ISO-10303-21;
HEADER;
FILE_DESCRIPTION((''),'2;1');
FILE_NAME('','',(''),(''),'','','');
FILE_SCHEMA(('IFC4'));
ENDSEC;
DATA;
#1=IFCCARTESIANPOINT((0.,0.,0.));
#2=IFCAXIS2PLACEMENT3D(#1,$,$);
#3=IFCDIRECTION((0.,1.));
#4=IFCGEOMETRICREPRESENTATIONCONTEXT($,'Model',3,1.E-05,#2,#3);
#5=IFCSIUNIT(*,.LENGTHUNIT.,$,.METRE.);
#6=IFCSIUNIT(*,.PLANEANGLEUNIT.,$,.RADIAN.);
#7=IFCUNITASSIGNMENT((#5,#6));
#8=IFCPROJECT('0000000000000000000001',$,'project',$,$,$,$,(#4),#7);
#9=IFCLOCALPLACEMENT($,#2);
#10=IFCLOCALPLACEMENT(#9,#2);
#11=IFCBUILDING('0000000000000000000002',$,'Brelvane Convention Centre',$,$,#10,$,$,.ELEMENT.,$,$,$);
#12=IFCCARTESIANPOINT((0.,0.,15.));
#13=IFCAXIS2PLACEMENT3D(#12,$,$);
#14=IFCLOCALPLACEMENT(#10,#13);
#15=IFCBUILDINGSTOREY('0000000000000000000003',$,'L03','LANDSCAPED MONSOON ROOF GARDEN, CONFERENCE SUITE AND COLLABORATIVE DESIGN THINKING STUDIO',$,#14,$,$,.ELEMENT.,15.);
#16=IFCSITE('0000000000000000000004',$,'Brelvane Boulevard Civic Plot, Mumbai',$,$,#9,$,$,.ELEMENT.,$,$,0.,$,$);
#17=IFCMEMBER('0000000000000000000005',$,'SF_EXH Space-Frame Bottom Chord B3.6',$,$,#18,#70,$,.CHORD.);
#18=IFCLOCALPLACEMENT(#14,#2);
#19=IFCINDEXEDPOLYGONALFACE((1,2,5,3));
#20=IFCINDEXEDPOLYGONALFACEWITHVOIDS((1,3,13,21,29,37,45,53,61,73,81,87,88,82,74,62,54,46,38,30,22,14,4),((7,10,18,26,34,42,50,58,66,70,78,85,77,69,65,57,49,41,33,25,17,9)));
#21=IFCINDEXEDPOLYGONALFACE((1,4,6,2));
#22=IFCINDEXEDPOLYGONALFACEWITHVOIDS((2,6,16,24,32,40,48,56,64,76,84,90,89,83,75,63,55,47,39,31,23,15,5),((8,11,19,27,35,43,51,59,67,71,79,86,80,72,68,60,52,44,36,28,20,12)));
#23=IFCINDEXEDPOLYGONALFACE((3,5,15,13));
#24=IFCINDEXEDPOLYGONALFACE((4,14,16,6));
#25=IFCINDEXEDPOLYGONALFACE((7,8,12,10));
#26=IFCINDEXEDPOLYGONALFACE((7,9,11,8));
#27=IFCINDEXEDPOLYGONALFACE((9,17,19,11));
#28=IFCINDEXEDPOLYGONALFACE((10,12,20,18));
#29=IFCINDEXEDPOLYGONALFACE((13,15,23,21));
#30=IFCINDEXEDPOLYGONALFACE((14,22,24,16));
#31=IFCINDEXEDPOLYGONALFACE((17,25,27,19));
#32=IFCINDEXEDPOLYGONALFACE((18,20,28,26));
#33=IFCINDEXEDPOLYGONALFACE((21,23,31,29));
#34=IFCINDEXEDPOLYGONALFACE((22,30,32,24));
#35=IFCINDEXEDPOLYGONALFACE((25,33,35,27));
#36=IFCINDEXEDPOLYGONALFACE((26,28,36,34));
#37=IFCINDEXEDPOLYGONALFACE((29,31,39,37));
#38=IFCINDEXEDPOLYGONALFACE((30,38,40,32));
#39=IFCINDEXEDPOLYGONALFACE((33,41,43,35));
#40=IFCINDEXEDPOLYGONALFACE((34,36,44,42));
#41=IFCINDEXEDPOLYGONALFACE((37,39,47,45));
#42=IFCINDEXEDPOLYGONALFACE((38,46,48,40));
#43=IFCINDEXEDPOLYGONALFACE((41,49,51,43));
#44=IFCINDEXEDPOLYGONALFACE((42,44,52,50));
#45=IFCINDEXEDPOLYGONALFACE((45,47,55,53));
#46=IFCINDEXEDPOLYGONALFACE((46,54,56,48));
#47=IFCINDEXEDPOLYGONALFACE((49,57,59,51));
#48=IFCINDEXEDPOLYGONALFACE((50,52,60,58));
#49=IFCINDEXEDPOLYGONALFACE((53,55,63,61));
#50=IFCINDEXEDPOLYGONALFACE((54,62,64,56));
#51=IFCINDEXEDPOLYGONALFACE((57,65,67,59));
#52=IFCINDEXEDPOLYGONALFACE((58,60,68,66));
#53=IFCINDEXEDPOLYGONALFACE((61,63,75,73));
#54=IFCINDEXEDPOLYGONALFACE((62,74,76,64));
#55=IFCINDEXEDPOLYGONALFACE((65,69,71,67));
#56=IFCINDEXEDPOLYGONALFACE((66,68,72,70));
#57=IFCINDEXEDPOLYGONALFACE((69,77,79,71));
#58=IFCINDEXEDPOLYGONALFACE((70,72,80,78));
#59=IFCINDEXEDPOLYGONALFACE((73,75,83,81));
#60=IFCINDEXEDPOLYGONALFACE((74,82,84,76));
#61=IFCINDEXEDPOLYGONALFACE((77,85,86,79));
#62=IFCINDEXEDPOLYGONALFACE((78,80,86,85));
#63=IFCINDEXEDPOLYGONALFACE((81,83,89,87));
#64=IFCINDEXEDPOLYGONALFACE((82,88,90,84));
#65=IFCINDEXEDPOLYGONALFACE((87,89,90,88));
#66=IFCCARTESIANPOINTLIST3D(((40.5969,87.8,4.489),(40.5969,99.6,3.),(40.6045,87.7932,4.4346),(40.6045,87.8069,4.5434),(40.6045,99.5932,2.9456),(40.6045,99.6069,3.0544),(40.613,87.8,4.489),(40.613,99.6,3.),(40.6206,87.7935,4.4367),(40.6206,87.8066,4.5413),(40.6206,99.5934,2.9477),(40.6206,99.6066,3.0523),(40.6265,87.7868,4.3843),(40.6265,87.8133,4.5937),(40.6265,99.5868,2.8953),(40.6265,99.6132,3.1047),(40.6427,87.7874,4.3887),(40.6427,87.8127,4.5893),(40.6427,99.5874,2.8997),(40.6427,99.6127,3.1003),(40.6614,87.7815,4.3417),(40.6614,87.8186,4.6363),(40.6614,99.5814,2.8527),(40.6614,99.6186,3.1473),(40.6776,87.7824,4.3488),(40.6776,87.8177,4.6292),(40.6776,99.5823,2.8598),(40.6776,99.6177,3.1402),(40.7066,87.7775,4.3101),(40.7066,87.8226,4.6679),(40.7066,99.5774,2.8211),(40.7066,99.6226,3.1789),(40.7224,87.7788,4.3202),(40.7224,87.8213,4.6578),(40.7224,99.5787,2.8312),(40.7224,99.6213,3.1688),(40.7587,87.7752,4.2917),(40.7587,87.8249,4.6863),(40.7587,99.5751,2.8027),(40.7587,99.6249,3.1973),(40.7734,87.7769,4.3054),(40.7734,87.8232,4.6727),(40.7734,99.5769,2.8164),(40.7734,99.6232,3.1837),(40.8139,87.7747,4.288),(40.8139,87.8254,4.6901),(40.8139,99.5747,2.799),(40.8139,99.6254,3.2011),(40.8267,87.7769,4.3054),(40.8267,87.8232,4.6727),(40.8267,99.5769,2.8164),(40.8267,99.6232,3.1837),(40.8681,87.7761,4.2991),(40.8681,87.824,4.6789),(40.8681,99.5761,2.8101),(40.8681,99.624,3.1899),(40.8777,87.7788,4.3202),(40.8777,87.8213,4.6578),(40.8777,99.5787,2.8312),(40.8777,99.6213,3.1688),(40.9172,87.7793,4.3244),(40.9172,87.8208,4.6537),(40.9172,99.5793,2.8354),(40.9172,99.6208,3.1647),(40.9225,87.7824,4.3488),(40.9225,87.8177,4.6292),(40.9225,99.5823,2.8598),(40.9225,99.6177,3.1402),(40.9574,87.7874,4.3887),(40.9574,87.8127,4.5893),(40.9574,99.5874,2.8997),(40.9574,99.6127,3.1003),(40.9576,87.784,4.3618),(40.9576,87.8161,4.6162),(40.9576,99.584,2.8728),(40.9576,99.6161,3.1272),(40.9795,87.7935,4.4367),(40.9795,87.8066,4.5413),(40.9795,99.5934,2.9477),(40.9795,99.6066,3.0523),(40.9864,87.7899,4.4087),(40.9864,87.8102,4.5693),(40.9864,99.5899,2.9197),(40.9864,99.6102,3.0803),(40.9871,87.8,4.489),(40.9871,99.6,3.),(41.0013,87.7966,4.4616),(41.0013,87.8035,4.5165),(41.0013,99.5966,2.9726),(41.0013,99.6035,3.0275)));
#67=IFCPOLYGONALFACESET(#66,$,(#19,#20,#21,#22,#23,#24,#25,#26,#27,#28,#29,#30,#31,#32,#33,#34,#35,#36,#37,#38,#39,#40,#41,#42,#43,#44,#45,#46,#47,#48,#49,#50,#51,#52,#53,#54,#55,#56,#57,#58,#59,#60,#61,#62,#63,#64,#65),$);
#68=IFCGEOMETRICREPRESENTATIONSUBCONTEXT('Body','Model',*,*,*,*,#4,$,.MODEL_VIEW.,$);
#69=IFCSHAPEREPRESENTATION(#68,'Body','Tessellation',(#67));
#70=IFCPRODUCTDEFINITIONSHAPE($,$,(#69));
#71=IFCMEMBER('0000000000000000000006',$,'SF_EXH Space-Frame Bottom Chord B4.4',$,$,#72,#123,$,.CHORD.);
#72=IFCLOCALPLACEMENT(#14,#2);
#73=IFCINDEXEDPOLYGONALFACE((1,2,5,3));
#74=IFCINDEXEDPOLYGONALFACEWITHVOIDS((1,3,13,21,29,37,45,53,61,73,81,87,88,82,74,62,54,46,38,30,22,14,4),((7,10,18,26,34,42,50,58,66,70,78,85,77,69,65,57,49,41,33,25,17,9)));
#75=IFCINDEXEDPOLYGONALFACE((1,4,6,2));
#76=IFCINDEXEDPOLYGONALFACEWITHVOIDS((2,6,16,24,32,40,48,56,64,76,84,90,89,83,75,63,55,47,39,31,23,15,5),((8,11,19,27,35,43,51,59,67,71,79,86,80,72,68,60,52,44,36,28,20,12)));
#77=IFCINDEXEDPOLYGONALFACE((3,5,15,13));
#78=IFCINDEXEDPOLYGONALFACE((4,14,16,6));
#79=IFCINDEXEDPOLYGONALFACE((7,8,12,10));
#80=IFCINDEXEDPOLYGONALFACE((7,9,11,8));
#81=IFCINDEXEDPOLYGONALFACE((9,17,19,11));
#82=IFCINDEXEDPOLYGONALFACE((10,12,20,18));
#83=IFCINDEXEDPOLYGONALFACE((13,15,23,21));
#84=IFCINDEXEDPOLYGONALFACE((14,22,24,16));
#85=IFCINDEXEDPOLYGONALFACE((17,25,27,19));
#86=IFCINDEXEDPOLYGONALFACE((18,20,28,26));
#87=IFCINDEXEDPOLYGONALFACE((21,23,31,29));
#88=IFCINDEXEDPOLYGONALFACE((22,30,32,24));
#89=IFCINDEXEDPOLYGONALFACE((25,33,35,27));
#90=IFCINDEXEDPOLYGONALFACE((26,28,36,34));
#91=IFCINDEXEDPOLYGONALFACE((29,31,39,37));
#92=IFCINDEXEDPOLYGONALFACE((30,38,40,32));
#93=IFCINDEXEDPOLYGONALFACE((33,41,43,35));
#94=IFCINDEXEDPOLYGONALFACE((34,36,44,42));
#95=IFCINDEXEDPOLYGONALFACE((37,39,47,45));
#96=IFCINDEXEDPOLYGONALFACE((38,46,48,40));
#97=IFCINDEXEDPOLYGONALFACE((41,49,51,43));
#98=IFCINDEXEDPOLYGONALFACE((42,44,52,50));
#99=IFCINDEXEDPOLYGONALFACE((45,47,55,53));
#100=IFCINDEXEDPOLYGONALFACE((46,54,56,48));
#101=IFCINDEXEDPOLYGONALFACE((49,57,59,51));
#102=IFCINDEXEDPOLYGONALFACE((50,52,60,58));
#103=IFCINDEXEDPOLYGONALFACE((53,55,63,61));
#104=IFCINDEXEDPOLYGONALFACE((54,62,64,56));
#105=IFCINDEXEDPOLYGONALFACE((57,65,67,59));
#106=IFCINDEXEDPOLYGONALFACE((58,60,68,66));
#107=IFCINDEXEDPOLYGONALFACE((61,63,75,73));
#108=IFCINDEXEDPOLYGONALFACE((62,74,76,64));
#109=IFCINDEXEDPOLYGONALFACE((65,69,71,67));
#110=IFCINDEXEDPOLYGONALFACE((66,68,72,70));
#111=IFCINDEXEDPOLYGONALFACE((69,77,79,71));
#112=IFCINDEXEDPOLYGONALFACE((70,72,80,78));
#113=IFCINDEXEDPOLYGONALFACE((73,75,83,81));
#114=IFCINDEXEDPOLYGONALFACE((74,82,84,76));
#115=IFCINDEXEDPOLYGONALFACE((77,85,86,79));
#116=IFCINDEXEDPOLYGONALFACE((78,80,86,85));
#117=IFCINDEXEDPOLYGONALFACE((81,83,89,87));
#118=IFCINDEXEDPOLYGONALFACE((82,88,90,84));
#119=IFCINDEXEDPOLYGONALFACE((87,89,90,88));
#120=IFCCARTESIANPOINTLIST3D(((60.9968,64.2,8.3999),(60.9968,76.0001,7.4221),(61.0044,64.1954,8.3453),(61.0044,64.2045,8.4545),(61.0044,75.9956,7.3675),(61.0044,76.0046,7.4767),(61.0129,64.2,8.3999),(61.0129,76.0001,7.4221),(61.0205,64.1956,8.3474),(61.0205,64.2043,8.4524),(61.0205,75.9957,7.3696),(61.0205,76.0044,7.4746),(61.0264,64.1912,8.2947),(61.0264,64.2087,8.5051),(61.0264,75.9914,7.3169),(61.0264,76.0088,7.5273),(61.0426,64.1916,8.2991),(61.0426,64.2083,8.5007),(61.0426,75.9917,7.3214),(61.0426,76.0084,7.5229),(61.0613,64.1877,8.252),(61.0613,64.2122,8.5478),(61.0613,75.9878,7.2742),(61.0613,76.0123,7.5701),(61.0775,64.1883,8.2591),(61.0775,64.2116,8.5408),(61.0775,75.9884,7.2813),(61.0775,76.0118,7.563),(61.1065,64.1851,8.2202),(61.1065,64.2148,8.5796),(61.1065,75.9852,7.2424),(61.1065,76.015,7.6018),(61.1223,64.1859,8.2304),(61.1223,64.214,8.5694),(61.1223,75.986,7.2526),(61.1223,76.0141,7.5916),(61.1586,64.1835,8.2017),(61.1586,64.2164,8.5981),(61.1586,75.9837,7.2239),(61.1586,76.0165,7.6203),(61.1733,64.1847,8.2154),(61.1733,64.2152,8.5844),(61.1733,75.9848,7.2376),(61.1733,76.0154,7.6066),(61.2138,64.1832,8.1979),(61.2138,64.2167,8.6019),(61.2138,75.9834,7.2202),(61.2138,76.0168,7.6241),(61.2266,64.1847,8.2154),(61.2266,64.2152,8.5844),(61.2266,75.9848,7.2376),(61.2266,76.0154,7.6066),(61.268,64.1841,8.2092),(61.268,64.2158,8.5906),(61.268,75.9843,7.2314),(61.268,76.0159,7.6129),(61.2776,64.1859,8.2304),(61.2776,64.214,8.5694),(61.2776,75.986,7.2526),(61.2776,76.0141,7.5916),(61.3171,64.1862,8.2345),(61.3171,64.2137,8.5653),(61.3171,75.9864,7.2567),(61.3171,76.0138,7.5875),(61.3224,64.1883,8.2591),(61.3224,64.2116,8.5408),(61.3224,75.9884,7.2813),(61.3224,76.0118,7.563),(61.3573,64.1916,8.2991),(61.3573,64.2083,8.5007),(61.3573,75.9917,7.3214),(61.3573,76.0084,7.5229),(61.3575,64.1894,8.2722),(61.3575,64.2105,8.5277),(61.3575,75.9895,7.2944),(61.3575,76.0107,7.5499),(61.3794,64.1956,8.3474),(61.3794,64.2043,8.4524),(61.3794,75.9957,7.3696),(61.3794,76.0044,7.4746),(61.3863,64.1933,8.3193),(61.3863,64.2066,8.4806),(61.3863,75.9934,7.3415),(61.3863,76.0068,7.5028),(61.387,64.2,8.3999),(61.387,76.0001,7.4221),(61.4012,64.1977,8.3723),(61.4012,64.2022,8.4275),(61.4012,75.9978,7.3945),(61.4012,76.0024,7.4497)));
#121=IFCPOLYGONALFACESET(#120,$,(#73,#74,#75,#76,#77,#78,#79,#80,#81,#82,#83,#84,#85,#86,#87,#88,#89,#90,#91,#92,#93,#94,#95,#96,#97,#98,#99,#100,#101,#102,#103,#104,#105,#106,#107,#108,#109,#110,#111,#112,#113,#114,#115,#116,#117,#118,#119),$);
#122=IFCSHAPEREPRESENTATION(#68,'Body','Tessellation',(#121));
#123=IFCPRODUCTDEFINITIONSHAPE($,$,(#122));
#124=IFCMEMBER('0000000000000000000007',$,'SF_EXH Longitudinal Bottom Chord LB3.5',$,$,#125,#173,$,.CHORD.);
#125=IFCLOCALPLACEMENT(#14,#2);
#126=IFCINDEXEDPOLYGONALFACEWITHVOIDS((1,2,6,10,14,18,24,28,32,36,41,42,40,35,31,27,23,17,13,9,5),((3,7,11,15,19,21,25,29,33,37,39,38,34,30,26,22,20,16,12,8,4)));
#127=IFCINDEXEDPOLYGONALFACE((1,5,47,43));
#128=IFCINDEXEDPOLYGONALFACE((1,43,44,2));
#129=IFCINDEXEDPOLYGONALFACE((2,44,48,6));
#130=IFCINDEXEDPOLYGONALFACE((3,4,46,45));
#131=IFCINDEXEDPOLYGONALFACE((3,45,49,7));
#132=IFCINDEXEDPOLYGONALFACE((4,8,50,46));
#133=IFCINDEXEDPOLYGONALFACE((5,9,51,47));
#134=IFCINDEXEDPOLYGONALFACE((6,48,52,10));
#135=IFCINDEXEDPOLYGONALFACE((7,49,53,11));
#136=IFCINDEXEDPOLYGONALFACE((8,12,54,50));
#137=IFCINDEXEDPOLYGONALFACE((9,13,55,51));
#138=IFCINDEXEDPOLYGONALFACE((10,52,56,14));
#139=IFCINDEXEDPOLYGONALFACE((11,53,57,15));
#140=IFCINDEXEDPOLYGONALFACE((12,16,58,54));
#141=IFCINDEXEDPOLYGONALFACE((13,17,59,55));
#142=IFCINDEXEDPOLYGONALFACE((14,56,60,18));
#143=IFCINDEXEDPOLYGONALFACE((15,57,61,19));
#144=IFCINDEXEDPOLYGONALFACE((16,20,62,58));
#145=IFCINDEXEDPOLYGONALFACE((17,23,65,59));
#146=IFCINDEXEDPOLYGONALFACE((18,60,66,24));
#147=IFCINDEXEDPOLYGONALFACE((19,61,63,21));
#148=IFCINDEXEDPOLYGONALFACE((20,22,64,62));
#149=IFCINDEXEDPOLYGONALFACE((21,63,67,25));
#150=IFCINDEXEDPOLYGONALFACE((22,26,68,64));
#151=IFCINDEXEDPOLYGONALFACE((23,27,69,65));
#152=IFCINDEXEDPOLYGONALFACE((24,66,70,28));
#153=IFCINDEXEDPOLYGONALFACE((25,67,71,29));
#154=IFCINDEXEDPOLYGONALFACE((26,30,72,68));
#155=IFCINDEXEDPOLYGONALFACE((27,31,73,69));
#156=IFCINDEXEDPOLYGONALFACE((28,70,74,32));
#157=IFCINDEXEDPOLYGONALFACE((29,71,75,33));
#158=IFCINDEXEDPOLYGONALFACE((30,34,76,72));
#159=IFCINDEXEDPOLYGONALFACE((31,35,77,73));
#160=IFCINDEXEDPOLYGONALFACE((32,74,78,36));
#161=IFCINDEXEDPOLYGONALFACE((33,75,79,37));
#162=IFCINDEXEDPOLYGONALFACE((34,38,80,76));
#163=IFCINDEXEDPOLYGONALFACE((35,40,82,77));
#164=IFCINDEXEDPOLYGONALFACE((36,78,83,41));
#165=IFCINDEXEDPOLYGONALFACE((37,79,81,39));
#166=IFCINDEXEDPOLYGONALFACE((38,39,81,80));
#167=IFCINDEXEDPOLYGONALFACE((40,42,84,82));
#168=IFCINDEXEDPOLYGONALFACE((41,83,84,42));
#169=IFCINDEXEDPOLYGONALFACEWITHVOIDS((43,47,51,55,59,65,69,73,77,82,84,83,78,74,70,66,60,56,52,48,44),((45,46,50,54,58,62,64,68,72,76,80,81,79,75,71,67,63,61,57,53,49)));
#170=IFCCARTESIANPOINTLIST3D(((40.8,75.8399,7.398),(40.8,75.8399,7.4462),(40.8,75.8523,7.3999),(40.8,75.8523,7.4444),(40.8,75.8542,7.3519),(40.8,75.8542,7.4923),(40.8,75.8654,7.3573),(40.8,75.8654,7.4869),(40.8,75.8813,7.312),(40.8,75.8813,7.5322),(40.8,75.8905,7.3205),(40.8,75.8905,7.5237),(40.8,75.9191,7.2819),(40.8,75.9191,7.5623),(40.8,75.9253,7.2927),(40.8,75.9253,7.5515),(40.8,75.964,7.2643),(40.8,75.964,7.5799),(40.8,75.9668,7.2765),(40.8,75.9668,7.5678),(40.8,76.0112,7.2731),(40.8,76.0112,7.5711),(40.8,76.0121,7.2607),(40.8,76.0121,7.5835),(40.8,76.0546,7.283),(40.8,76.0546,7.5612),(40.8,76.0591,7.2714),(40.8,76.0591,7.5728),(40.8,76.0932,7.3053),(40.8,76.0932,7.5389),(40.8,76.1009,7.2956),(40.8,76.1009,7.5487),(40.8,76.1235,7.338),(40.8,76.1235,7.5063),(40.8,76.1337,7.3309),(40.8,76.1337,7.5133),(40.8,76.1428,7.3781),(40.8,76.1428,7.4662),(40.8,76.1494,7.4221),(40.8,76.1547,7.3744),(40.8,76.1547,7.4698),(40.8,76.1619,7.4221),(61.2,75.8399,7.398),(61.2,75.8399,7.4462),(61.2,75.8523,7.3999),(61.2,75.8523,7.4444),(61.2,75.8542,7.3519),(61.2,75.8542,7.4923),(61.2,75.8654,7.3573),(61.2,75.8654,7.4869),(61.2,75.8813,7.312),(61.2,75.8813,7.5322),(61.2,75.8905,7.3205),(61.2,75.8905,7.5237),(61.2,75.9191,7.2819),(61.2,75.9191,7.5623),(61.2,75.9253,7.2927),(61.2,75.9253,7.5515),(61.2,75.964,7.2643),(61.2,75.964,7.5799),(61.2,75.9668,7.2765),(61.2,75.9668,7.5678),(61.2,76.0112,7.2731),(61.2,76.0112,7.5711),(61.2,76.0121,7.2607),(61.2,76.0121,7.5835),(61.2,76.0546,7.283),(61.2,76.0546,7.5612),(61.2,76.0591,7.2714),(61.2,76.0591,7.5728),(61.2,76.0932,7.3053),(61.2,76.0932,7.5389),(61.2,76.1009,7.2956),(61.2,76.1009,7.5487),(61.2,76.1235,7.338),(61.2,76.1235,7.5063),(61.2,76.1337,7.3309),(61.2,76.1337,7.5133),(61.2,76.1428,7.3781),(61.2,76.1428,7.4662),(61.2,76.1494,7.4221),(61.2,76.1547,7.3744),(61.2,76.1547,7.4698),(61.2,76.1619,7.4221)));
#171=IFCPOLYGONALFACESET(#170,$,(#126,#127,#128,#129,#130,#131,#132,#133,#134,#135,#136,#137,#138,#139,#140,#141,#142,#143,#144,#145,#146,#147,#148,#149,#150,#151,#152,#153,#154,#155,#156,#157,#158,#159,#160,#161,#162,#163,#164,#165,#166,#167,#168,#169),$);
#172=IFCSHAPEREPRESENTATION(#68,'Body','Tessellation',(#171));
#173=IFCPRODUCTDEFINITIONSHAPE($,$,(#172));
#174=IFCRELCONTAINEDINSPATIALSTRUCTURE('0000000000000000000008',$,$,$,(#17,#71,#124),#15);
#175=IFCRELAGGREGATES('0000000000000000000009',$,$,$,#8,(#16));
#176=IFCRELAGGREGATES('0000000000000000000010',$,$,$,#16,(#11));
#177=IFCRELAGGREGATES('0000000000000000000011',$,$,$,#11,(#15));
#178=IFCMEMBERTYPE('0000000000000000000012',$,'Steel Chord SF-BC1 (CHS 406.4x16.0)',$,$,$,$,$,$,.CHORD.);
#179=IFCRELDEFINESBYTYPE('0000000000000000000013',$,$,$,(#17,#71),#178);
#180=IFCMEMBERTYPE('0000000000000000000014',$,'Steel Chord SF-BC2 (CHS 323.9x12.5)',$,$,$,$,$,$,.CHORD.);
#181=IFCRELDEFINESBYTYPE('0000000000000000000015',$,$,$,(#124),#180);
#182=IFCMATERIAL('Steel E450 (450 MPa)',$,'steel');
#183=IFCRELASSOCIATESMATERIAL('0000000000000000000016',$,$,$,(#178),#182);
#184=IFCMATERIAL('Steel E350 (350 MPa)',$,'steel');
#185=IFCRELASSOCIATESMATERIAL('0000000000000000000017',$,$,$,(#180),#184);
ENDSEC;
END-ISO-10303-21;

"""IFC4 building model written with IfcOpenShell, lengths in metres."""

from ifc_helpers import new_model, si_unit, direction, frame, origin, origin_2d, place, context, subcontext, project, spatial, hollow_circle, extrude, material, material_profile, profile_set, type_object, element, save


model = new_model("IFC4")

# Units and contexts
model_context = context("Model", 3, precision=1e-05, world=origin(), true_north=direction((0.0, 1.0)))
body_context = subcontext(model_context, "Body", "Model", "MODEL_VIEW")
ifc_project = project(units=[si_unit("LENGTHUNIT", "METRE"), si_unit("PLANEANGLEUNIT", "RADIAN")], contexts=[model_context])

# Site, building, storey
site_placement = place(None, origin())
site = spatial("IfcSite", under=ifc_project, at=site_placement, Name="Brelvane Boulevard Civic Plot, Mumbai", CompositionType="ELEMENT", RefElevation=0.0)
building_placement = place(site_placement, origin())
building = spatial("IfcBuilding", under=site, at=building_placement, Name="Brelvane Convention Centre", CompositionType="ELEMENT")
storey_placement = place(building_placement, frame((0.0, 0.0, 15.0)))
storey = spatial("IfcBuildingStorey", under=building, at=storey_placement, Name="L03", Description="LANDSCAPED MONSOON ROOF GARDEN, CONFERENCE SUITE AND COLLABORATIVE DESIGN THINKING STUDIO", CompositionType="ELEMENT", Elevation=15.0)

# Members
ifc_material_1 = material(Name="Steel E450 (450 MPa)", Category="steel")
ifc_material_profile_1 = material_profile(ifc_material_1, hollow_circle(Radius=0.2031, WallThickness=0.0161, at=origin_2d()), Name="CHS 406.4x16.0")
ifc_profile_set_1 = profile_set([ifc_material_profile_1], Name="Steel E450 (450 MPa)")
member_type_1 = type_object("IfcMemberType", Name="Steel Chord SF-BC1 (CHS 406.4x16.0)", PredefinedType="CHORD", material=ifc_profile_set_1)
member_1_placement = place(storey_placement, frame((40.8, 87.8, 4.489), z_axis=(0.0, 0.992132, -0.125194), x_axis=(-1.0, 0.0, 0.0)))
element("IfcMember", 1, at=member_1_placement, inside=storey, type_object=member_type_1, Name="SF_EXH Space-Frame Bottom Chord B3.6", PredefinedType="CHORD", context=body_context, shape_type="SweptSolid", body=[
    extrude(hollow_circle(Radius=0.2031, WallThickness=0.0161, at=origin_2d()), origin(), (0.0, 0.0, 1.0), 11.8936),
])
member_2_placement = place(storey_placement, frame((61.2, 64.2, 8.3999), z_axis=(0.0, 0.996584, -0.08258), x_axis=(-1.0, 0.0, 0.0)))
element("IfcMember", 2, at=member_2_placement, inside=storey, type_object=member_type_1, Name="SF_EXH Space-Frame Bottom Chord B4.4", PredefinedType="CHORD", context=body_context, shape_type="SweptSolid", body=[
    extrude(hollow_circle(Radius=0.2031, WallThickness=0.0161, at=origin_2d()), origin(), (0.0, 0.0, 1.0), 11.8406),
])
ifc_material_2 = material(Name="Steel E350 (350 MPa)", Category="steel")
ifc_material_profile_2 = material_profile(ifc_material_2, hollow_circle(Radius=0.1619, WallThickness=0.0125, at=origin_2d()), Name="CHS 323.9x12.5")
ifc_profile_set_2 = profile_set([ifc_material_profile_2], Name="Steel E350 (350 MPa)")
member_type_2 = type_object("IfcMemberType", Name="Steel Chord SF-BC2 (CHS 323.9x12.5)", PredefinedType="CHORD", material=ifc_profile_set_2)
for number, where, z_axis, x_axis, name in (
    (3, (40.8, 76.0, 7.4221), (1.0, 0.0, 0.0), (0.0, 1.0, 0.0), "SF_EXH Longitudinal Bottom Chord LB3.5"),
):
    element("IfcMember", number, at=place(storey_placement, frame(where, z_axis=z_axis, x_axis=x_axis)), inside=storey, type_object=member_type_2, Name=name, PredefinedType="CHORD", context=body_context, shape_type="SweptSolid", body=[
        extrude(hollow_circle(Radius=0.1619, WallThickness=0.0125, at=origin_2d()), origin(), (0.0, 0.0, 1.0), 20.3999),
    ])

save(model, "model.ifc")
